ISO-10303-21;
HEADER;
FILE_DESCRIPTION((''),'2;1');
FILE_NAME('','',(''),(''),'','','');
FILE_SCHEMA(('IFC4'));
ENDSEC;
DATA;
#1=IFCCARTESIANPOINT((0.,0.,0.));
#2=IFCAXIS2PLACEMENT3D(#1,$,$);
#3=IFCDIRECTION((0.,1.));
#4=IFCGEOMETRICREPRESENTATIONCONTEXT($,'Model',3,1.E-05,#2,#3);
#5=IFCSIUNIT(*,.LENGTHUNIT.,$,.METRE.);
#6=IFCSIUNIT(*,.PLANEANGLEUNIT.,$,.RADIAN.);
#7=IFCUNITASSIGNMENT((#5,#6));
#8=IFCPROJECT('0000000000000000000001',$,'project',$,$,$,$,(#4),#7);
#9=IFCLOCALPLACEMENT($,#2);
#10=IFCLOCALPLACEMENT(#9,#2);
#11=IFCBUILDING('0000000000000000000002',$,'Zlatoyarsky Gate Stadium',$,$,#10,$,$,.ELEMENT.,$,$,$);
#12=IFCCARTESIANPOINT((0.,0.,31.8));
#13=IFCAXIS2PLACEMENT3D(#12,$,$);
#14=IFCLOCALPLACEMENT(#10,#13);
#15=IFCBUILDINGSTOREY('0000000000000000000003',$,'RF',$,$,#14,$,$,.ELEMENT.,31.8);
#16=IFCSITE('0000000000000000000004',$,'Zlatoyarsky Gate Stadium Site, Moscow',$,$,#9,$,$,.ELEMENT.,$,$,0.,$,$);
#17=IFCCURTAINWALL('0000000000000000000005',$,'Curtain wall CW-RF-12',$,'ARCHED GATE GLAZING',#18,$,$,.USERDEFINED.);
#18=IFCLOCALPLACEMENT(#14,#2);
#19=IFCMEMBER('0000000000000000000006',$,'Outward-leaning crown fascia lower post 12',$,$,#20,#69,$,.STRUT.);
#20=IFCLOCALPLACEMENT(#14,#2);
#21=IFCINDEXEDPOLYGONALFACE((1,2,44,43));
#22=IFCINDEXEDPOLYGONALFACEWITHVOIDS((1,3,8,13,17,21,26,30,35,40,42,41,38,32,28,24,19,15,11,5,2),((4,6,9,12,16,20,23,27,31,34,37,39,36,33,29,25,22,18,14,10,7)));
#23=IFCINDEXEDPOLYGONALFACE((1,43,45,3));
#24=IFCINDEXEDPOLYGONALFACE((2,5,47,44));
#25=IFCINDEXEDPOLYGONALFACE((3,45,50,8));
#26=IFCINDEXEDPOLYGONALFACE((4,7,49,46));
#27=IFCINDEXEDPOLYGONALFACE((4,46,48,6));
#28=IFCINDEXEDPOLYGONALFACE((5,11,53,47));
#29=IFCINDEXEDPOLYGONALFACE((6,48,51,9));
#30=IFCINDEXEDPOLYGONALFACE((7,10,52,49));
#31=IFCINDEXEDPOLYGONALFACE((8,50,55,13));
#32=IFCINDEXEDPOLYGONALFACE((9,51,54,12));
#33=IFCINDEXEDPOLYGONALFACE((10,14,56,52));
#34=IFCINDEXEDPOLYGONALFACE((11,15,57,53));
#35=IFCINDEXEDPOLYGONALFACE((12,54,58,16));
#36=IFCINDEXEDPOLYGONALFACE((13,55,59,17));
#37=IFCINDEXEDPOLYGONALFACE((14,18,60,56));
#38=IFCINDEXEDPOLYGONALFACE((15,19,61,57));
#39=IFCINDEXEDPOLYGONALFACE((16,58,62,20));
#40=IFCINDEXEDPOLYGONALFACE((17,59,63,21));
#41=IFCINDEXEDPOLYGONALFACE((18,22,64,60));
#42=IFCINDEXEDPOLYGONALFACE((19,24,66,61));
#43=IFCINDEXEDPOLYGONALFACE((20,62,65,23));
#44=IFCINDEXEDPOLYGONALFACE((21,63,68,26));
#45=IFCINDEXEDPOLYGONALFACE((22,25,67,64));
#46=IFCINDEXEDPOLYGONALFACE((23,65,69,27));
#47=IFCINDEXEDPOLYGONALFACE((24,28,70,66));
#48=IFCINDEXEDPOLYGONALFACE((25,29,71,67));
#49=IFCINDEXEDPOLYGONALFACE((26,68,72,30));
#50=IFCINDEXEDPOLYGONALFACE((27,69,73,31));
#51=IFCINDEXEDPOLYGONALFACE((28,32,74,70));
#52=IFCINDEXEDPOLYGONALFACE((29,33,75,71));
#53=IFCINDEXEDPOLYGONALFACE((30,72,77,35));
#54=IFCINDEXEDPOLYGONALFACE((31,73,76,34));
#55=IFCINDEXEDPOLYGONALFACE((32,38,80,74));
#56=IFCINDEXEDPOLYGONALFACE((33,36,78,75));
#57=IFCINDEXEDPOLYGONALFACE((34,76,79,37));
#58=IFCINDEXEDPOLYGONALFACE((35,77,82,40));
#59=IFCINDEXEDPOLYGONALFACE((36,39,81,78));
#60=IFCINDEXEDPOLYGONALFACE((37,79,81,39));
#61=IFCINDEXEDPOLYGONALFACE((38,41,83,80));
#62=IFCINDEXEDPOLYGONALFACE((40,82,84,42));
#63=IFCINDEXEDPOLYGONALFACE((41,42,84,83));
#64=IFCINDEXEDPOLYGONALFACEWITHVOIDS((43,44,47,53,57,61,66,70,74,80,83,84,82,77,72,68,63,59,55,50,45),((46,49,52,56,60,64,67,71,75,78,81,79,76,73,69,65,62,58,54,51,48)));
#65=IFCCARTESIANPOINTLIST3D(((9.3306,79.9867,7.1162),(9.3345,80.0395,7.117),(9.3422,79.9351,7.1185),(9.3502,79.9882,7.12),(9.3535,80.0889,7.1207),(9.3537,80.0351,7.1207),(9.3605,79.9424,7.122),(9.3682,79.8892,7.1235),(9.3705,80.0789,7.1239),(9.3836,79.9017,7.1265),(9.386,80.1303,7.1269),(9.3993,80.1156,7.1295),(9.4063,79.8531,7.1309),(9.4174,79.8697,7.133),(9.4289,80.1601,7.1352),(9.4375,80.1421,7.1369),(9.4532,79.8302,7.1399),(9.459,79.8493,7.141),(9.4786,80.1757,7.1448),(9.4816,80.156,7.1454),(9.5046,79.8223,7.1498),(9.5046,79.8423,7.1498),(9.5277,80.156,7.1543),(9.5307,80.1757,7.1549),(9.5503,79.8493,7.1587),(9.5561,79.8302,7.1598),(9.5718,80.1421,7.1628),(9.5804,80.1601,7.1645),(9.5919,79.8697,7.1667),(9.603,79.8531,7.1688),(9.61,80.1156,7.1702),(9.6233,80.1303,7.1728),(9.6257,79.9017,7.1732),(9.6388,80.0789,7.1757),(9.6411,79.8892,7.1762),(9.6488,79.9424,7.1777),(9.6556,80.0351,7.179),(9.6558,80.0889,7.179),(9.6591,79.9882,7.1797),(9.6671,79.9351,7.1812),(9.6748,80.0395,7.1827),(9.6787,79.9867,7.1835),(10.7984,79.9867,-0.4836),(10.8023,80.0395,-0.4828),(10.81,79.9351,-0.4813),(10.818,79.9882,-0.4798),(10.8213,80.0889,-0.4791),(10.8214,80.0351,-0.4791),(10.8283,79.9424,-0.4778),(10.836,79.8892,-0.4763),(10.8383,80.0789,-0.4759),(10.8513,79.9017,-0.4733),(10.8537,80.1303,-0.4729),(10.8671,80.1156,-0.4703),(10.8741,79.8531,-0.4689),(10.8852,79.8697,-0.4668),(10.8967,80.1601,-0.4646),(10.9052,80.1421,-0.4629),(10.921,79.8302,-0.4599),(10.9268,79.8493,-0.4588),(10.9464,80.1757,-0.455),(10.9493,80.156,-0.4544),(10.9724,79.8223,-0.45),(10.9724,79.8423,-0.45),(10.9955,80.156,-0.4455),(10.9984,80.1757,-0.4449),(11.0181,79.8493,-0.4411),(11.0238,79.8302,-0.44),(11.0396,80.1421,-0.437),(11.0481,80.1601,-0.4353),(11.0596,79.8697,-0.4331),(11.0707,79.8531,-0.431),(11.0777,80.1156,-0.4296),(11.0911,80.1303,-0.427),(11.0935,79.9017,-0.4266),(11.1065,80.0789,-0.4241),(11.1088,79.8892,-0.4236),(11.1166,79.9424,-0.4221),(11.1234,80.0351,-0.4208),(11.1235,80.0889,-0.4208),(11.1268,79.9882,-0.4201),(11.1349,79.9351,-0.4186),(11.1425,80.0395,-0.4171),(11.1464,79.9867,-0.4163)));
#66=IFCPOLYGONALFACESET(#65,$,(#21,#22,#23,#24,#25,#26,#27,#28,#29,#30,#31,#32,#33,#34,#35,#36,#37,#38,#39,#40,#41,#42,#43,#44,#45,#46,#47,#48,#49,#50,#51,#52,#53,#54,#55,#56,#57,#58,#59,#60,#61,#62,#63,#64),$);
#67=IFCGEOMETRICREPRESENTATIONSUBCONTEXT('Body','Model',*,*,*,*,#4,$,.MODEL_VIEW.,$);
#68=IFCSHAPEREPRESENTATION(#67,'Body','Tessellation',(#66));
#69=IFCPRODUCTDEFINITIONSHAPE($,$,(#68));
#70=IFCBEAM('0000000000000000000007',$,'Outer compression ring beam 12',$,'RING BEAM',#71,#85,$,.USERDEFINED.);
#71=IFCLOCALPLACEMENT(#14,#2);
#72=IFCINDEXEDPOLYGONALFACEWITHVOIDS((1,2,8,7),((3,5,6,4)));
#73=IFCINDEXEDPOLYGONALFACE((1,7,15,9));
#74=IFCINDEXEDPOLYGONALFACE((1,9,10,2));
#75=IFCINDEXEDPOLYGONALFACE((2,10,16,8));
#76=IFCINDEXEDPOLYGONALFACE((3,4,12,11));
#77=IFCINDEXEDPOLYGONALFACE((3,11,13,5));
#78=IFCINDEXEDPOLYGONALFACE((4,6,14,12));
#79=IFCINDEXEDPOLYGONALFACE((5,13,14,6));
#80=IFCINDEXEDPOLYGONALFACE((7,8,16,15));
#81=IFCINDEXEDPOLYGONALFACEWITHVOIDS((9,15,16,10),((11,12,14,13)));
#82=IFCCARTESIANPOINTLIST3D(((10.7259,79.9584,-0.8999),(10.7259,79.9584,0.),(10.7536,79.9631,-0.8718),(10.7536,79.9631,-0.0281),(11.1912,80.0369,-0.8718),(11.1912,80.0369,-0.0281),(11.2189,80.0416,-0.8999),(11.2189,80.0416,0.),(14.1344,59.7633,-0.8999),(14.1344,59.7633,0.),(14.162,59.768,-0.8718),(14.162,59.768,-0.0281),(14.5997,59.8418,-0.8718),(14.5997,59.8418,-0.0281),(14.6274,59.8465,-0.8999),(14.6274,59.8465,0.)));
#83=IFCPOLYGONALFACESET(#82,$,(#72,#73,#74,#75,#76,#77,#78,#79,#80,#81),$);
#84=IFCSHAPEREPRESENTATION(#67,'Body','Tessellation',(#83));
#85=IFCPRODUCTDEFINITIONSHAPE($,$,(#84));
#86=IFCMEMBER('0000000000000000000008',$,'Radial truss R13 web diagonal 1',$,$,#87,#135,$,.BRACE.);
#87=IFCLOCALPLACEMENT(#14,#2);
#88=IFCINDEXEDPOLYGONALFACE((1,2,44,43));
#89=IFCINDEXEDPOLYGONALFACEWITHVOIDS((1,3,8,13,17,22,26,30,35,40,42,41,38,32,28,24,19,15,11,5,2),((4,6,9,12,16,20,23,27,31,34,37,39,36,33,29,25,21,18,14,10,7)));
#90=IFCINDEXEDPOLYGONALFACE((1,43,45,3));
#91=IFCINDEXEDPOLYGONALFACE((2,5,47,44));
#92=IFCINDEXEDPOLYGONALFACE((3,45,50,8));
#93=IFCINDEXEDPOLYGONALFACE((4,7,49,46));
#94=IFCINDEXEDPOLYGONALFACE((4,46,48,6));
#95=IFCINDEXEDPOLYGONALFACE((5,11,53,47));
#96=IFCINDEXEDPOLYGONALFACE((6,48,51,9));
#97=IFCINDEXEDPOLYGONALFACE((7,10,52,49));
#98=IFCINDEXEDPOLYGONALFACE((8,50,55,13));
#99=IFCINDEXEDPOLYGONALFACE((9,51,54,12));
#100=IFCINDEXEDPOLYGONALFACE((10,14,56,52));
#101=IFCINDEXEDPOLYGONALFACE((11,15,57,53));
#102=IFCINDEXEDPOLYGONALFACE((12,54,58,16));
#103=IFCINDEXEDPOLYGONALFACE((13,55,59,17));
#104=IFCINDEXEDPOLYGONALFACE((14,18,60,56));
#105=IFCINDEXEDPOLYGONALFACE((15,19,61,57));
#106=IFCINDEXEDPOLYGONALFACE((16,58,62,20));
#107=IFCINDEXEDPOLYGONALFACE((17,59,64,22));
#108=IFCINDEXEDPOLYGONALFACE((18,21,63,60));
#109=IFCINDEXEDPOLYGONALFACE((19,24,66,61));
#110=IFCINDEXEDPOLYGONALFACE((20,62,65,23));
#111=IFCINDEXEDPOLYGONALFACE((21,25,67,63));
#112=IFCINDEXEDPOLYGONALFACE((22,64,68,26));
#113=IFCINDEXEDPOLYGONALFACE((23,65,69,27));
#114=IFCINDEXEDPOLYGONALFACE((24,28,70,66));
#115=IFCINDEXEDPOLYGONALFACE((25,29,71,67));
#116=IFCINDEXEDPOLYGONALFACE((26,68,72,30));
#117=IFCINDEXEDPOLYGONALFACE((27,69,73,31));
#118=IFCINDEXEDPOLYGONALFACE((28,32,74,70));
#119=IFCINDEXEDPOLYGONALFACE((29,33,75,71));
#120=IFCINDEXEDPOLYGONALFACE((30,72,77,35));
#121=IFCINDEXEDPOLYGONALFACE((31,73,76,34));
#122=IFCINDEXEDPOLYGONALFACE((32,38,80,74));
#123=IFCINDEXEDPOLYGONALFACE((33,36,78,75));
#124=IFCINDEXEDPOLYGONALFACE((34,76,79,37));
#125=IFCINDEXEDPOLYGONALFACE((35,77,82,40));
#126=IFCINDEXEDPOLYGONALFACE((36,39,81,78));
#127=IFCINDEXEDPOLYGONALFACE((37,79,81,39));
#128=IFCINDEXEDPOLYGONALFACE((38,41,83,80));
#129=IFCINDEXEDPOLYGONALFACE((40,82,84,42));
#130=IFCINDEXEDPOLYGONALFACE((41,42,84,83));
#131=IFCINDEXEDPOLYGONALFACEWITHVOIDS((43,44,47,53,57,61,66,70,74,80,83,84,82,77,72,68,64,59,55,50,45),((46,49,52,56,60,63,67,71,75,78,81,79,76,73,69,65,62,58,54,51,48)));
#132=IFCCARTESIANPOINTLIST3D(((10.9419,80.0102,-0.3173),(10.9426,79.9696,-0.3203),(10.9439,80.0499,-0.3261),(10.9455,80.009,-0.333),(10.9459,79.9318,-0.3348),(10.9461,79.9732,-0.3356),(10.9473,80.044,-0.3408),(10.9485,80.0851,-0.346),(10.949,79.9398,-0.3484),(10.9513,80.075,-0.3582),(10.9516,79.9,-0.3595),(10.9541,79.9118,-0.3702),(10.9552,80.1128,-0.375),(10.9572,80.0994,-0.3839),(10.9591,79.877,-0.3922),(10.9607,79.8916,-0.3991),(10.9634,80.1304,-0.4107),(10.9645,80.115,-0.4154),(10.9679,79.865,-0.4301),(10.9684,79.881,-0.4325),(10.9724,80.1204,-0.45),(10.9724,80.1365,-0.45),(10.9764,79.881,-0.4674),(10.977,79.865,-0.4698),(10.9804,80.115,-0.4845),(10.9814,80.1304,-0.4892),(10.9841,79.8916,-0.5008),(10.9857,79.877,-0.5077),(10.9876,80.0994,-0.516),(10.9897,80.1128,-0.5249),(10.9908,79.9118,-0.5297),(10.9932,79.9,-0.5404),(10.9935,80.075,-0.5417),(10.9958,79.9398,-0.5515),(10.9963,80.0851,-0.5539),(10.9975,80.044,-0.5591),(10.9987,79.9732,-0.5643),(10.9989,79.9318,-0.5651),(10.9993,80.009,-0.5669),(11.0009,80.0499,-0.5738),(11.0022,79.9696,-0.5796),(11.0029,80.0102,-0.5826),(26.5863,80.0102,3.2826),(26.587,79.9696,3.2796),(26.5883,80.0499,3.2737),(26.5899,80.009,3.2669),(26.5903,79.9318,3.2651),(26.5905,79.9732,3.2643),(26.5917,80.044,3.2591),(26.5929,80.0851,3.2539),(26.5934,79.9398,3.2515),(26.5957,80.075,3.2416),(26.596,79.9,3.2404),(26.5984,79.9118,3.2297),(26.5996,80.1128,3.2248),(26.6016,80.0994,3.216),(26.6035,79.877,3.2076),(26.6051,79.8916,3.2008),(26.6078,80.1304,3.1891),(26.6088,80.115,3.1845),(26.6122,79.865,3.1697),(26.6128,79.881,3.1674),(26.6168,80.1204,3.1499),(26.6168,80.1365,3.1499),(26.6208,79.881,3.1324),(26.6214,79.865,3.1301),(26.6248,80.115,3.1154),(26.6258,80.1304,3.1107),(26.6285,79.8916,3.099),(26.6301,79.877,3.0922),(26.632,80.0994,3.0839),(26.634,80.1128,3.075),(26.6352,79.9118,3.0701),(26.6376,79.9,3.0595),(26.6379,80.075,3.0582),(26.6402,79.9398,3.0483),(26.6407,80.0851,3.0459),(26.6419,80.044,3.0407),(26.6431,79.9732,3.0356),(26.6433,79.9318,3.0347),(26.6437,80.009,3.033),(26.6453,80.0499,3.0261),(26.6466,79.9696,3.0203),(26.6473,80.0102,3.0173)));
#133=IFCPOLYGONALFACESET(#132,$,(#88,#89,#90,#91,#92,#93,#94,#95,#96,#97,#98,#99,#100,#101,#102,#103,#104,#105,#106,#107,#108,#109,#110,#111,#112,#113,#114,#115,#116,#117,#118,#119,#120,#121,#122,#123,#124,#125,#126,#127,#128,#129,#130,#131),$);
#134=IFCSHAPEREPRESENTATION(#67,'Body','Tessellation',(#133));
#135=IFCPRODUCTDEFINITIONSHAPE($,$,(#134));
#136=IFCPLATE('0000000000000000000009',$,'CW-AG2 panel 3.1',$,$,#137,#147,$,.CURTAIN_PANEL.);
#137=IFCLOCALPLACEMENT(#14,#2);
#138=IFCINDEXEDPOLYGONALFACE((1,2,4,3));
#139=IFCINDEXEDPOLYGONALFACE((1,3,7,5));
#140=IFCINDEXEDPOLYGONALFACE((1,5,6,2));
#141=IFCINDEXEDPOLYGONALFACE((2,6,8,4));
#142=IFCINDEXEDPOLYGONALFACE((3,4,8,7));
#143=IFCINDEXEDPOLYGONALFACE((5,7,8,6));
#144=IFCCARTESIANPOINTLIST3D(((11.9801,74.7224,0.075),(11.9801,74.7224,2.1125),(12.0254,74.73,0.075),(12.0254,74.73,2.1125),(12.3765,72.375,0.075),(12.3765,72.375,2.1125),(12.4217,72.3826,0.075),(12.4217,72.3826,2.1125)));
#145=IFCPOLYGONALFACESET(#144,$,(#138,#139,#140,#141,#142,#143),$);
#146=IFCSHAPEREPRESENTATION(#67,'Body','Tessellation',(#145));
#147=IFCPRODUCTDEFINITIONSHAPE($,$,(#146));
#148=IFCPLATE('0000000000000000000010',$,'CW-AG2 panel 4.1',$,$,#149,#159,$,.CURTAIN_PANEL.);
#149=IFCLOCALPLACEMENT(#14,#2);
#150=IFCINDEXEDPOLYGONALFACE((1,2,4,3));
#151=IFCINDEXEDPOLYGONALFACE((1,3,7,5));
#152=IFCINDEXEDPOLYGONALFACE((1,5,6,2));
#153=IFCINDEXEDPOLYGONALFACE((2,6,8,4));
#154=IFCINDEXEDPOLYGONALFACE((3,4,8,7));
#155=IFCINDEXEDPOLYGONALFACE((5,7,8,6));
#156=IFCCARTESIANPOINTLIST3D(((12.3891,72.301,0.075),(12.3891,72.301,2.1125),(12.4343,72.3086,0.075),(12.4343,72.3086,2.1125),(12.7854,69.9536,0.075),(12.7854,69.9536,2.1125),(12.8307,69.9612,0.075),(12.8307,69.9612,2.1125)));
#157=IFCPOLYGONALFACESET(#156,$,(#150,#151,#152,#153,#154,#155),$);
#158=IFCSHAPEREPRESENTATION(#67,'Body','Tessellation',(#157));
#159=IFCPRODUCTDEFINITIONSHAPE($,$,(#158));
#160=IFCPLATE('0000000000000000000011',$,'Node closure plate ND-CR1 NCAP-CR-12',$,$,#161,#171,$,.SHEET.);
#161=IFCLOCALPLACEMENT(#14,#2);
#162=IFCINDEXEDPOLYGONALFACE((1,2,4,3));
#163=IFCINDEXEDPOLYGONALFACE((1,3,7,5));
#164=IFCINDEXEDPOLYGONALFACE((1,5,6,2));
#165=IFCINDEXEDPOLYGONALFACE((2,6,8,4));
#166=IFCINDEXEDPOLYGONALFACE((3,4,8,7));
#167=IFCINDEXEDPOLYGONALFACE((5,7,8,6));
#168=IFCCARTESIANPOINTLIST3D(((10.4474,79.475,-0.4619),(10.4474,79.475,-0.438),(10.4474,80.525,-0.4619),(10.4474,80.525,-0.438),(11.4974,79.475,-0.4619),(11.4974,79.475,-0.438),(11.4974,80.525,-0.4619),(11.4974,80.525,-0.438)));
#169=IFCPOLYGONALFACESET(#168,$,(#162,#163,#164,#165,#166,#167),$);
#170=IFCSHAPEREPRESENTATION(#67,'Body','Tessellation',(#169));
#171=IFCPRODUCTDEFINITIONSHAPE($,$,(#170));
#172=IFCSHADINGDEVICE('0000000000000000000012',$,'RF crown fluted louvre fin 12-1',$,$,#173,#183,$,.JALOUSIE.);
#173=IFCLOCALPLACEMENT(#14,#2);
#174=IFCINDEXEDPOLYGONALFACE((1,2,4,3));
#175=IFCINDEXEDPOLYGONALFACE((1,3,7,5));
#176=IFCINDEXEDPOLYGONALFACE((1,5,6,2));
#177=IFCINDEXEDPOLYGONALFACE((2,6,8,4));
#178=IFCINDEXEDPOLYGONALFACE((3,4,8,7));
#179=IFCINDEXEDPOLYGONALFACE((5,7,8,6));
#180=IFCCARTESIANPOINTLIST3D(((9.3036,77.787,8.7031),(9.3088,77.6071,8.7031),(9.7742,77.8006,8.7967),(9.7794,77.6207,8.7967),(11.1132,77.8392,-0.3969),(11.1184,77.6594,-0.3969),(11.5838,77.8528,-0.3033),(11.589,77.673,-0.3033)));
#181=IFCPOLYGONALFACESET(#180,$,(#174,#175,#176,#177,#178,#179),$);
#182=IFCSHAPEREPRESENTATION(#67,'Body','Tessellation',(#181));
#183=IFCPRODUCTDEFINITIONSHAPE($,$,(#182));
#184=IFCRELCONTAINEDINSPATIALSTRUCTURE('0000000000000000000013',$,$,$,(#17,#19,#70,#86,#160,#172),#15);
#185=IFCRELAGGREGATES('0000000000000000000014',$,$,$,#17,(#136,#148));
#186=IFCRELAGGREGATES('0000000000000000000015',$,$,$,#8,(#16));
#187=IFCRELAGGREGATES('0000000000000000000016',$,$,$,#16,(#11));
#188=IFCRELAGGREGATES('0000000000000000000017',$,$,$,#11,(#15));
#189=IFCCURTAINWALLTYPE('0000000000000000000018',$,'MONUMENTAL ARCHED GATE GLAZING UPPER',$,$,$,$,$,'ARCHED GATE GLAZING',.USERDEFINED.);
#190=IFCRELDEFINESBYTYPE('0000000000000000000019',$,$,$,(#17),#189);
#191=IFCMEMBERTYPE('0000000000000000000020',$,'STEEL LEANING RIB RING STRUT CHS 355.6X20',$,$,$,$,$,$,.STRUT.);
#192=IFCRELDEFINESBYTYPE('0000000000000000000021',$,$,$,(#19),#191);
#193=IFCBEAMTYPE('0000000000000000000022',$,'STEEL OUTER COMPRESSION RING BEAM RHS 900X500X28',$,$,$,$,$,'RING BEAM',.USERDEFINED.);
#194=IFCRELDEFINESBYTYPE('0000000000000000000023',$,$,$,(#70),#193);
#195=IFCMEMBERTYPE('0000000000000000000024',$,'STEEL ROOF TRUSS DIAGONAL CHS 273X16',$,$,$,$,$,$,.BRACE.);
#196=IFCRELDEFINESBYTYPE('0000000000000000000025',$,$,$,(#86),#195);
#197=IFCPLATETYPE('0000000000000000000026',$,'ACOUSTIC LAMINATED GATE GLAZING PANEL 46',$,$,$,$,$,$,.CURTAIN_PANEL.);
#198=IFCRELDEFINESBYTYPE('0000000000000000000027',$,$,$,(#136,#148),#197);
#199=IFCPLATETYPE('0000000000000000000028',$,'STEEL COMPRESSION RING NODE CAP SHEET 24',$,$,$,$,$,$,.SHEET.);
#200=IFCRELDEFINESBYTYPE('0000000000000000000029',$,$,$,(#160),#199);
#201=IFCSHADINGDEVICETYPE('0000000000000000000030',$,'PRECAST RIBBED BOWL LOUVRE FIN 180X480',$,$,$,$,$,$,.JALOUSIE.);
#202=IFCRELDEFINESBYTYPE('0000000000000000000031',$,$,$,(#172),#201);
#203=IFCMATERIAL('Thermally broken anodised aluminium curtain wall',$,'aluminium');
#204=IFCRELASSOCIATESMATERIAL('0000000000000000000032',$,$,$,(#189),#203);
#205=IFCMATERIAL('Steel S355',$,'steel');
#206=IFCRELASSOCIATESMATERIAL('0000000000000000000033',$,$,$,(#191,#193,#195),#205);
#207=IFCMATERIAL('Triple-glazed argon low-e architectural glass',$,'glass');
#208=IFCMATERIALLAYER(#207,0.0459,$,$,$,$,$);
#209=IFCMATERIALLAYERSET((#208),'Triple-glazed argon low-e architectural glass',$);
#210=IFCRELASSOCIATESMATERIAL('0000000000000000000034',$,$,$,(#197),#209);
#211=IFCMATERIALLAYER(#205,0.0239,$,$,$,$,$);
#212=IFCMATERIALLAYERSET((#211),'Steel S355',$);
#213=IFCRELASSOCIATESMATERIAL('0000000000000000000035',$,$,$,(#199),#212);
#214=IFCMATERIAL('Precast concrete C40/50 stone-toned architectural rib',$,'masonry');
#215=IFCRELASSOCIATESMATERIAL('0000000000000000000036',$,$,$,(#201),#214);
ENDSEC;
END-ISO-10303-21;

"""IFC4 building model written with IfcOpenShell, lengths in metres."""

from ifc_helpers import new_model, si_unit, direction, frame, origin, origin_2d, place, context, subcontext, project, spatial, rectangle, hollow_rectangle, hollow_circle, extrude, material, layer, layer_set, material_profile, profile_set, type_object, element, aggregate, save


model = new_model("IFC4")

# Units and contexts
model_context = context("Model", 3, precision=1e-05, world=origin(), true_north=direction((0.0, 1.0)))
body_context = subcontext(model_context, "Body", "Model", "MODEL_VIEW")
ifc_project = project(units=[si_unit("LENGTHUNIT", "METRE"), si_unit("PLANEANGLEUNIT", "RADIAN")], contexts=[model_context])

# Site, building, storey
site_placement = place(None, origin())
site = spatial("IfcSite", under=ifc_project, at=site_placement, Name="Zlatoyarsky Gate Stadium Site, Moscow", CompositionType="ELEMENT", RefElevation=0.0)
building_placement = place(site_placement, origin())
building = spatial("IfcBuilding", under=site, at=building_placement, Name="Zlatoyarsky Gate Stadium", CompositionType="ELEMENT")
storey_placement = place(building_placement, frame((0.0, 0.0, 31.8)))
storey = spatial("IfcBuildingStorey", under=building, at=storey_placement, Name="RF", CompositionType="ELEMENT", Elevation=31.8)

# Curtain wall
ifc_material_1 = material(Name="Thermally broken anodised aluminium curtain wall", Category="aluminium")
curtain_wall_type = type_object("IfcCurtainWallType", Name="MONUMENTAL ARCHED GATE GLAZING UPPER", ElementType="ARCHED GATE GLAZING", PredefinedType="USERDEFINED", material=ifc_material_1)
curtain_wall_placement = place(storey_placement, origin())
curtain_wall = element("IfcCurtainWall", 1, at=curtain_wall_placement, inside=storey, type_object=curtain_wall_type, Name="Curtain wall CW-RF-12", ObjectType="ARCHED GATE GLAZING", PredefinedType="USERDEFINED")

# Member
ifc_material_2 = material(Name="Steel S355", Category="steel")
ifc_material_profile_1 = material_profile(ifc_material_2, hollow_circle(Radius=0.1777, WallThickness=0.02, at=origin_2d()), Name="CHS 355.6X20")
ifc_profile_set_1 = profile_set([ifc_material_profile_1], Name="Steel S355")
member_type_1 = type_object("IfcMemberType", Name="STEEL LEANING RIB RING STRUT CHS 355.6X20", PredefinedType="STRUT", material=ifc_profile_set_1)
member_1_placement = place(storey_placement, frame((10.9724, 80.0, -0.45), z_axis=(-0.189628, 0.0, 0.981856), x_axis=(0.0, -1.0, 0.0)))
element("IfcMember", 2, at=member_1_placement, inside=storey, type_object=member_type_1, Name="Outward-leaning crown fascia lower post 12", PredefinedType="STRUT", context=body_context, shape_type="SweptSolid", body=[
    extrude(hollow_circle(Radius=0.1777, WallThickness=0.02, at=origin_2d()), origin(), (0.0, 0.0, 1.0), 7.7402),
])

# Beam
ifc_material_profile_2 = material_profile(ifc_material_2, hollow_rectangle(XDim=0.5, YDim=0.8999, WallThickness=0.0281, at=origin_2d()), Name="RHS 900X500X28")
ifc_profile_set_2 = profile_set([ifc_material_profile_2], Name="Steel S355")
beam_type = type_object("IfcBeamType", Name="STEEL OUTER COMPRESSION RING BEAM RHS 900X500X28", ElementType="RING BEAM", PredefinedType="USERDEFINED", material=ifc_profile_set_2)
beam_placement = place(storey_placement, frame((10.9724, 80.0, -0.45), z_axis=(0.166423, -0.986055, 0.0), x_axis=(0.986055, 0.166423, 0.0)))
element("IfcBeam", 3, at=beam_placement, inside=storey, type_object=beam_type, Name="Outer compression ring beam 12", ObjectType="RING BEAM", PredefinedType="USERDEFINED", context=body_context, shape_type="SweptSolid", body=[
    extrude(hollow_rectangle(XDim=0.5, YDim=0.8999, WallThickness=0.0281, at=origin_2d()), origin(), (0.0, 0.0, 1.0), 20.4807),
])

# Member
ifc_material_profile_3 = material_profile(ifc_material_2, hollow_circle(Radius=0.1365, WallThickness=0.0161, at=origin_2d()), Name="CHS 273X16")
ifc_profile_set_3 = profile_set([ifc_material_profile_3], Name="Steel S355")
member_type_2 = type_object("IfcMemberType", Name="STEEL ROOF TRUSS DIAGONAL CHS 273X16", PredefinedType="BRACE", material=ifc_profile_set_3)
member_2_placement = place(storey_placement, frame((10.9724, 80.0, -0.45), z_axis=(0.974532, 0.0, 0.224246), x_axis=(0.0, 1.0, 0.0)))
element("IfcMember", 4, at=member_2_placement, inside=storey, type_object=member_type_2, Name="Radial truss R13 web diagonal 1", PredefinedType="BRACE", context=body_context, shape_type="SweptSolid", body=[
    extrude(hollow_circle(Radius=0.1365, WallThickness=0.0161, at=origin_2d()), origin(), (0.0, 0.0, 1.0), 16.0532),
])

# Plates
ifc_material_3 = material(Name="Triple-glazed argon low-e architectural glass", Category="glass")
ifc_layer_1 = layer(ifc_material_3, 0.0459)
ifc_layer_set_1 = layer_set([ifc_layer_1], Name="Triple-glazed argon low-e architectural glass")
plate_type_1 = type_object("IfcPlateType", Name="ACOUSTIC LAMINATED GATE GLAZING PANEL 46", PredefinedType="CURTAIN_PANEL", material=ifc_layer_set_1)
plate_1_placement = place(storey_placement, frame((12.2009, 73.5525, 0.075), z_axis=(0.0, 0.0, 1.0), x_axis=(0.166482, -0.986044, 0.0)))
plate_1 = element("IfcPlate", 5, at=plate_1_placement, type_object=plate_type_1, Name="CW-AG2 panel 3.1", PredefinedType="CURTAIN_PANEL", context=body_context, shape_type="SweptSolid", body=[
    extrude(rectangle(XDim=2.3806, YDim=0.0459, at=origin_2d()), origin(), (0.0, 0.0, 1.0), 2.0376),
])
plate_2_placement = place(storey_placement, frame((12.6099, 71.1311, 0.075), z_axis=(0.0, 0.0, 1.0), x_axis=(0.166482, -0.986044, 0.0)))
plate_2 = element("IfcPlate", 6, at=plate_2_placement, type_object=plate_type_1, Name="CW-AG2 panel 4.1", PredefinedType="CURTAIN_PANEL", context=body_context, shape_type="SweptSolid", body=[
    extrude(rectangle(XDim=2.3806, YDim=0.0459, at=origin_2d()), origin(), (0.0, 0.0, 1.0), 2.0376),
])
aggregate(curtain_wall, [plate_1, plate_2])
ifc_layer_2 = layer(ifc_material_2, 0.0239)
ifc_layer_set_2 = layer_set([ifc_layer_2], Name="Steel S355")
plate_type_2 = type_object("IfcPlateType", Name="STEEL COMPRESSION RING NODE CAP SHEET 24", PredefinedType="SHEET", material=ifc_layer_set_2)
plate_3_placement = place(storey_placement, frame((10.9724, 80.0, -0.4619), z_axis=(0.0, 0.0, 1.0), x_axis=(1.0, 0.0, 0.0)))
element("IfcPlate", 7, at=plate_3_placement, inside=storey, type_object=plate_type_2, Name="Node closure plate ND-CR1 NCAP-CR-12", PredefinedType="SHEET", context=body_context, shape_type="SweptSolid", body=[
    extrude(rectangle(XDim=1.05, YDim=1.05, at=origin_2d()), origin(), (0.0, 0.0, 1.0), 0.0239),
])

# Shading device
ifc_material_4 = material(Name="Precast concrete C40/50 stone-toned architectural rib", Category="masonry")
ifc_material_profile_4 = material_profile(ifc_material_4, rectangle(XDim=0.1799, YDim=0.48, at=origin_2d()), Name="RIB 180X480")
ifc_profile_set_4 = profile_set([ifc_material_profile_4], Name="Precast concrete C40/50 stone-toned architectural rib")
shading_device_type = type_object("IfcShadingDeviceType", Name="PRECAST RIBBED BOWL LOUVRE FIN 180X480", PredefinedType="JALOUSIE", material=ifc_profile_set_4)
shading_device_1_placement = place(storey_placement, frame((11.3511, 77.7561, -0.3501), z_axis=(-0.19503, -0.005631, 0.980781), x_axis=(0.02886, -0.999583, 0.0)))
element("IfcShadingDevice", 8, at=shading_device_1_placement, inside=storey, type_object=shading_device_type, Name="RF crown fluted louvre fin 12-1", PredefinedType="JALOUSIE", context=body_context, shape_type="SweptSolid", body=[
    extrude(rectangle(XDim=0.1799, YDim=0.48, at=origin_2d()), origin(), (0.0, 0.0, 1.0), 9.2783),
])

save(model, "model.ifc")
